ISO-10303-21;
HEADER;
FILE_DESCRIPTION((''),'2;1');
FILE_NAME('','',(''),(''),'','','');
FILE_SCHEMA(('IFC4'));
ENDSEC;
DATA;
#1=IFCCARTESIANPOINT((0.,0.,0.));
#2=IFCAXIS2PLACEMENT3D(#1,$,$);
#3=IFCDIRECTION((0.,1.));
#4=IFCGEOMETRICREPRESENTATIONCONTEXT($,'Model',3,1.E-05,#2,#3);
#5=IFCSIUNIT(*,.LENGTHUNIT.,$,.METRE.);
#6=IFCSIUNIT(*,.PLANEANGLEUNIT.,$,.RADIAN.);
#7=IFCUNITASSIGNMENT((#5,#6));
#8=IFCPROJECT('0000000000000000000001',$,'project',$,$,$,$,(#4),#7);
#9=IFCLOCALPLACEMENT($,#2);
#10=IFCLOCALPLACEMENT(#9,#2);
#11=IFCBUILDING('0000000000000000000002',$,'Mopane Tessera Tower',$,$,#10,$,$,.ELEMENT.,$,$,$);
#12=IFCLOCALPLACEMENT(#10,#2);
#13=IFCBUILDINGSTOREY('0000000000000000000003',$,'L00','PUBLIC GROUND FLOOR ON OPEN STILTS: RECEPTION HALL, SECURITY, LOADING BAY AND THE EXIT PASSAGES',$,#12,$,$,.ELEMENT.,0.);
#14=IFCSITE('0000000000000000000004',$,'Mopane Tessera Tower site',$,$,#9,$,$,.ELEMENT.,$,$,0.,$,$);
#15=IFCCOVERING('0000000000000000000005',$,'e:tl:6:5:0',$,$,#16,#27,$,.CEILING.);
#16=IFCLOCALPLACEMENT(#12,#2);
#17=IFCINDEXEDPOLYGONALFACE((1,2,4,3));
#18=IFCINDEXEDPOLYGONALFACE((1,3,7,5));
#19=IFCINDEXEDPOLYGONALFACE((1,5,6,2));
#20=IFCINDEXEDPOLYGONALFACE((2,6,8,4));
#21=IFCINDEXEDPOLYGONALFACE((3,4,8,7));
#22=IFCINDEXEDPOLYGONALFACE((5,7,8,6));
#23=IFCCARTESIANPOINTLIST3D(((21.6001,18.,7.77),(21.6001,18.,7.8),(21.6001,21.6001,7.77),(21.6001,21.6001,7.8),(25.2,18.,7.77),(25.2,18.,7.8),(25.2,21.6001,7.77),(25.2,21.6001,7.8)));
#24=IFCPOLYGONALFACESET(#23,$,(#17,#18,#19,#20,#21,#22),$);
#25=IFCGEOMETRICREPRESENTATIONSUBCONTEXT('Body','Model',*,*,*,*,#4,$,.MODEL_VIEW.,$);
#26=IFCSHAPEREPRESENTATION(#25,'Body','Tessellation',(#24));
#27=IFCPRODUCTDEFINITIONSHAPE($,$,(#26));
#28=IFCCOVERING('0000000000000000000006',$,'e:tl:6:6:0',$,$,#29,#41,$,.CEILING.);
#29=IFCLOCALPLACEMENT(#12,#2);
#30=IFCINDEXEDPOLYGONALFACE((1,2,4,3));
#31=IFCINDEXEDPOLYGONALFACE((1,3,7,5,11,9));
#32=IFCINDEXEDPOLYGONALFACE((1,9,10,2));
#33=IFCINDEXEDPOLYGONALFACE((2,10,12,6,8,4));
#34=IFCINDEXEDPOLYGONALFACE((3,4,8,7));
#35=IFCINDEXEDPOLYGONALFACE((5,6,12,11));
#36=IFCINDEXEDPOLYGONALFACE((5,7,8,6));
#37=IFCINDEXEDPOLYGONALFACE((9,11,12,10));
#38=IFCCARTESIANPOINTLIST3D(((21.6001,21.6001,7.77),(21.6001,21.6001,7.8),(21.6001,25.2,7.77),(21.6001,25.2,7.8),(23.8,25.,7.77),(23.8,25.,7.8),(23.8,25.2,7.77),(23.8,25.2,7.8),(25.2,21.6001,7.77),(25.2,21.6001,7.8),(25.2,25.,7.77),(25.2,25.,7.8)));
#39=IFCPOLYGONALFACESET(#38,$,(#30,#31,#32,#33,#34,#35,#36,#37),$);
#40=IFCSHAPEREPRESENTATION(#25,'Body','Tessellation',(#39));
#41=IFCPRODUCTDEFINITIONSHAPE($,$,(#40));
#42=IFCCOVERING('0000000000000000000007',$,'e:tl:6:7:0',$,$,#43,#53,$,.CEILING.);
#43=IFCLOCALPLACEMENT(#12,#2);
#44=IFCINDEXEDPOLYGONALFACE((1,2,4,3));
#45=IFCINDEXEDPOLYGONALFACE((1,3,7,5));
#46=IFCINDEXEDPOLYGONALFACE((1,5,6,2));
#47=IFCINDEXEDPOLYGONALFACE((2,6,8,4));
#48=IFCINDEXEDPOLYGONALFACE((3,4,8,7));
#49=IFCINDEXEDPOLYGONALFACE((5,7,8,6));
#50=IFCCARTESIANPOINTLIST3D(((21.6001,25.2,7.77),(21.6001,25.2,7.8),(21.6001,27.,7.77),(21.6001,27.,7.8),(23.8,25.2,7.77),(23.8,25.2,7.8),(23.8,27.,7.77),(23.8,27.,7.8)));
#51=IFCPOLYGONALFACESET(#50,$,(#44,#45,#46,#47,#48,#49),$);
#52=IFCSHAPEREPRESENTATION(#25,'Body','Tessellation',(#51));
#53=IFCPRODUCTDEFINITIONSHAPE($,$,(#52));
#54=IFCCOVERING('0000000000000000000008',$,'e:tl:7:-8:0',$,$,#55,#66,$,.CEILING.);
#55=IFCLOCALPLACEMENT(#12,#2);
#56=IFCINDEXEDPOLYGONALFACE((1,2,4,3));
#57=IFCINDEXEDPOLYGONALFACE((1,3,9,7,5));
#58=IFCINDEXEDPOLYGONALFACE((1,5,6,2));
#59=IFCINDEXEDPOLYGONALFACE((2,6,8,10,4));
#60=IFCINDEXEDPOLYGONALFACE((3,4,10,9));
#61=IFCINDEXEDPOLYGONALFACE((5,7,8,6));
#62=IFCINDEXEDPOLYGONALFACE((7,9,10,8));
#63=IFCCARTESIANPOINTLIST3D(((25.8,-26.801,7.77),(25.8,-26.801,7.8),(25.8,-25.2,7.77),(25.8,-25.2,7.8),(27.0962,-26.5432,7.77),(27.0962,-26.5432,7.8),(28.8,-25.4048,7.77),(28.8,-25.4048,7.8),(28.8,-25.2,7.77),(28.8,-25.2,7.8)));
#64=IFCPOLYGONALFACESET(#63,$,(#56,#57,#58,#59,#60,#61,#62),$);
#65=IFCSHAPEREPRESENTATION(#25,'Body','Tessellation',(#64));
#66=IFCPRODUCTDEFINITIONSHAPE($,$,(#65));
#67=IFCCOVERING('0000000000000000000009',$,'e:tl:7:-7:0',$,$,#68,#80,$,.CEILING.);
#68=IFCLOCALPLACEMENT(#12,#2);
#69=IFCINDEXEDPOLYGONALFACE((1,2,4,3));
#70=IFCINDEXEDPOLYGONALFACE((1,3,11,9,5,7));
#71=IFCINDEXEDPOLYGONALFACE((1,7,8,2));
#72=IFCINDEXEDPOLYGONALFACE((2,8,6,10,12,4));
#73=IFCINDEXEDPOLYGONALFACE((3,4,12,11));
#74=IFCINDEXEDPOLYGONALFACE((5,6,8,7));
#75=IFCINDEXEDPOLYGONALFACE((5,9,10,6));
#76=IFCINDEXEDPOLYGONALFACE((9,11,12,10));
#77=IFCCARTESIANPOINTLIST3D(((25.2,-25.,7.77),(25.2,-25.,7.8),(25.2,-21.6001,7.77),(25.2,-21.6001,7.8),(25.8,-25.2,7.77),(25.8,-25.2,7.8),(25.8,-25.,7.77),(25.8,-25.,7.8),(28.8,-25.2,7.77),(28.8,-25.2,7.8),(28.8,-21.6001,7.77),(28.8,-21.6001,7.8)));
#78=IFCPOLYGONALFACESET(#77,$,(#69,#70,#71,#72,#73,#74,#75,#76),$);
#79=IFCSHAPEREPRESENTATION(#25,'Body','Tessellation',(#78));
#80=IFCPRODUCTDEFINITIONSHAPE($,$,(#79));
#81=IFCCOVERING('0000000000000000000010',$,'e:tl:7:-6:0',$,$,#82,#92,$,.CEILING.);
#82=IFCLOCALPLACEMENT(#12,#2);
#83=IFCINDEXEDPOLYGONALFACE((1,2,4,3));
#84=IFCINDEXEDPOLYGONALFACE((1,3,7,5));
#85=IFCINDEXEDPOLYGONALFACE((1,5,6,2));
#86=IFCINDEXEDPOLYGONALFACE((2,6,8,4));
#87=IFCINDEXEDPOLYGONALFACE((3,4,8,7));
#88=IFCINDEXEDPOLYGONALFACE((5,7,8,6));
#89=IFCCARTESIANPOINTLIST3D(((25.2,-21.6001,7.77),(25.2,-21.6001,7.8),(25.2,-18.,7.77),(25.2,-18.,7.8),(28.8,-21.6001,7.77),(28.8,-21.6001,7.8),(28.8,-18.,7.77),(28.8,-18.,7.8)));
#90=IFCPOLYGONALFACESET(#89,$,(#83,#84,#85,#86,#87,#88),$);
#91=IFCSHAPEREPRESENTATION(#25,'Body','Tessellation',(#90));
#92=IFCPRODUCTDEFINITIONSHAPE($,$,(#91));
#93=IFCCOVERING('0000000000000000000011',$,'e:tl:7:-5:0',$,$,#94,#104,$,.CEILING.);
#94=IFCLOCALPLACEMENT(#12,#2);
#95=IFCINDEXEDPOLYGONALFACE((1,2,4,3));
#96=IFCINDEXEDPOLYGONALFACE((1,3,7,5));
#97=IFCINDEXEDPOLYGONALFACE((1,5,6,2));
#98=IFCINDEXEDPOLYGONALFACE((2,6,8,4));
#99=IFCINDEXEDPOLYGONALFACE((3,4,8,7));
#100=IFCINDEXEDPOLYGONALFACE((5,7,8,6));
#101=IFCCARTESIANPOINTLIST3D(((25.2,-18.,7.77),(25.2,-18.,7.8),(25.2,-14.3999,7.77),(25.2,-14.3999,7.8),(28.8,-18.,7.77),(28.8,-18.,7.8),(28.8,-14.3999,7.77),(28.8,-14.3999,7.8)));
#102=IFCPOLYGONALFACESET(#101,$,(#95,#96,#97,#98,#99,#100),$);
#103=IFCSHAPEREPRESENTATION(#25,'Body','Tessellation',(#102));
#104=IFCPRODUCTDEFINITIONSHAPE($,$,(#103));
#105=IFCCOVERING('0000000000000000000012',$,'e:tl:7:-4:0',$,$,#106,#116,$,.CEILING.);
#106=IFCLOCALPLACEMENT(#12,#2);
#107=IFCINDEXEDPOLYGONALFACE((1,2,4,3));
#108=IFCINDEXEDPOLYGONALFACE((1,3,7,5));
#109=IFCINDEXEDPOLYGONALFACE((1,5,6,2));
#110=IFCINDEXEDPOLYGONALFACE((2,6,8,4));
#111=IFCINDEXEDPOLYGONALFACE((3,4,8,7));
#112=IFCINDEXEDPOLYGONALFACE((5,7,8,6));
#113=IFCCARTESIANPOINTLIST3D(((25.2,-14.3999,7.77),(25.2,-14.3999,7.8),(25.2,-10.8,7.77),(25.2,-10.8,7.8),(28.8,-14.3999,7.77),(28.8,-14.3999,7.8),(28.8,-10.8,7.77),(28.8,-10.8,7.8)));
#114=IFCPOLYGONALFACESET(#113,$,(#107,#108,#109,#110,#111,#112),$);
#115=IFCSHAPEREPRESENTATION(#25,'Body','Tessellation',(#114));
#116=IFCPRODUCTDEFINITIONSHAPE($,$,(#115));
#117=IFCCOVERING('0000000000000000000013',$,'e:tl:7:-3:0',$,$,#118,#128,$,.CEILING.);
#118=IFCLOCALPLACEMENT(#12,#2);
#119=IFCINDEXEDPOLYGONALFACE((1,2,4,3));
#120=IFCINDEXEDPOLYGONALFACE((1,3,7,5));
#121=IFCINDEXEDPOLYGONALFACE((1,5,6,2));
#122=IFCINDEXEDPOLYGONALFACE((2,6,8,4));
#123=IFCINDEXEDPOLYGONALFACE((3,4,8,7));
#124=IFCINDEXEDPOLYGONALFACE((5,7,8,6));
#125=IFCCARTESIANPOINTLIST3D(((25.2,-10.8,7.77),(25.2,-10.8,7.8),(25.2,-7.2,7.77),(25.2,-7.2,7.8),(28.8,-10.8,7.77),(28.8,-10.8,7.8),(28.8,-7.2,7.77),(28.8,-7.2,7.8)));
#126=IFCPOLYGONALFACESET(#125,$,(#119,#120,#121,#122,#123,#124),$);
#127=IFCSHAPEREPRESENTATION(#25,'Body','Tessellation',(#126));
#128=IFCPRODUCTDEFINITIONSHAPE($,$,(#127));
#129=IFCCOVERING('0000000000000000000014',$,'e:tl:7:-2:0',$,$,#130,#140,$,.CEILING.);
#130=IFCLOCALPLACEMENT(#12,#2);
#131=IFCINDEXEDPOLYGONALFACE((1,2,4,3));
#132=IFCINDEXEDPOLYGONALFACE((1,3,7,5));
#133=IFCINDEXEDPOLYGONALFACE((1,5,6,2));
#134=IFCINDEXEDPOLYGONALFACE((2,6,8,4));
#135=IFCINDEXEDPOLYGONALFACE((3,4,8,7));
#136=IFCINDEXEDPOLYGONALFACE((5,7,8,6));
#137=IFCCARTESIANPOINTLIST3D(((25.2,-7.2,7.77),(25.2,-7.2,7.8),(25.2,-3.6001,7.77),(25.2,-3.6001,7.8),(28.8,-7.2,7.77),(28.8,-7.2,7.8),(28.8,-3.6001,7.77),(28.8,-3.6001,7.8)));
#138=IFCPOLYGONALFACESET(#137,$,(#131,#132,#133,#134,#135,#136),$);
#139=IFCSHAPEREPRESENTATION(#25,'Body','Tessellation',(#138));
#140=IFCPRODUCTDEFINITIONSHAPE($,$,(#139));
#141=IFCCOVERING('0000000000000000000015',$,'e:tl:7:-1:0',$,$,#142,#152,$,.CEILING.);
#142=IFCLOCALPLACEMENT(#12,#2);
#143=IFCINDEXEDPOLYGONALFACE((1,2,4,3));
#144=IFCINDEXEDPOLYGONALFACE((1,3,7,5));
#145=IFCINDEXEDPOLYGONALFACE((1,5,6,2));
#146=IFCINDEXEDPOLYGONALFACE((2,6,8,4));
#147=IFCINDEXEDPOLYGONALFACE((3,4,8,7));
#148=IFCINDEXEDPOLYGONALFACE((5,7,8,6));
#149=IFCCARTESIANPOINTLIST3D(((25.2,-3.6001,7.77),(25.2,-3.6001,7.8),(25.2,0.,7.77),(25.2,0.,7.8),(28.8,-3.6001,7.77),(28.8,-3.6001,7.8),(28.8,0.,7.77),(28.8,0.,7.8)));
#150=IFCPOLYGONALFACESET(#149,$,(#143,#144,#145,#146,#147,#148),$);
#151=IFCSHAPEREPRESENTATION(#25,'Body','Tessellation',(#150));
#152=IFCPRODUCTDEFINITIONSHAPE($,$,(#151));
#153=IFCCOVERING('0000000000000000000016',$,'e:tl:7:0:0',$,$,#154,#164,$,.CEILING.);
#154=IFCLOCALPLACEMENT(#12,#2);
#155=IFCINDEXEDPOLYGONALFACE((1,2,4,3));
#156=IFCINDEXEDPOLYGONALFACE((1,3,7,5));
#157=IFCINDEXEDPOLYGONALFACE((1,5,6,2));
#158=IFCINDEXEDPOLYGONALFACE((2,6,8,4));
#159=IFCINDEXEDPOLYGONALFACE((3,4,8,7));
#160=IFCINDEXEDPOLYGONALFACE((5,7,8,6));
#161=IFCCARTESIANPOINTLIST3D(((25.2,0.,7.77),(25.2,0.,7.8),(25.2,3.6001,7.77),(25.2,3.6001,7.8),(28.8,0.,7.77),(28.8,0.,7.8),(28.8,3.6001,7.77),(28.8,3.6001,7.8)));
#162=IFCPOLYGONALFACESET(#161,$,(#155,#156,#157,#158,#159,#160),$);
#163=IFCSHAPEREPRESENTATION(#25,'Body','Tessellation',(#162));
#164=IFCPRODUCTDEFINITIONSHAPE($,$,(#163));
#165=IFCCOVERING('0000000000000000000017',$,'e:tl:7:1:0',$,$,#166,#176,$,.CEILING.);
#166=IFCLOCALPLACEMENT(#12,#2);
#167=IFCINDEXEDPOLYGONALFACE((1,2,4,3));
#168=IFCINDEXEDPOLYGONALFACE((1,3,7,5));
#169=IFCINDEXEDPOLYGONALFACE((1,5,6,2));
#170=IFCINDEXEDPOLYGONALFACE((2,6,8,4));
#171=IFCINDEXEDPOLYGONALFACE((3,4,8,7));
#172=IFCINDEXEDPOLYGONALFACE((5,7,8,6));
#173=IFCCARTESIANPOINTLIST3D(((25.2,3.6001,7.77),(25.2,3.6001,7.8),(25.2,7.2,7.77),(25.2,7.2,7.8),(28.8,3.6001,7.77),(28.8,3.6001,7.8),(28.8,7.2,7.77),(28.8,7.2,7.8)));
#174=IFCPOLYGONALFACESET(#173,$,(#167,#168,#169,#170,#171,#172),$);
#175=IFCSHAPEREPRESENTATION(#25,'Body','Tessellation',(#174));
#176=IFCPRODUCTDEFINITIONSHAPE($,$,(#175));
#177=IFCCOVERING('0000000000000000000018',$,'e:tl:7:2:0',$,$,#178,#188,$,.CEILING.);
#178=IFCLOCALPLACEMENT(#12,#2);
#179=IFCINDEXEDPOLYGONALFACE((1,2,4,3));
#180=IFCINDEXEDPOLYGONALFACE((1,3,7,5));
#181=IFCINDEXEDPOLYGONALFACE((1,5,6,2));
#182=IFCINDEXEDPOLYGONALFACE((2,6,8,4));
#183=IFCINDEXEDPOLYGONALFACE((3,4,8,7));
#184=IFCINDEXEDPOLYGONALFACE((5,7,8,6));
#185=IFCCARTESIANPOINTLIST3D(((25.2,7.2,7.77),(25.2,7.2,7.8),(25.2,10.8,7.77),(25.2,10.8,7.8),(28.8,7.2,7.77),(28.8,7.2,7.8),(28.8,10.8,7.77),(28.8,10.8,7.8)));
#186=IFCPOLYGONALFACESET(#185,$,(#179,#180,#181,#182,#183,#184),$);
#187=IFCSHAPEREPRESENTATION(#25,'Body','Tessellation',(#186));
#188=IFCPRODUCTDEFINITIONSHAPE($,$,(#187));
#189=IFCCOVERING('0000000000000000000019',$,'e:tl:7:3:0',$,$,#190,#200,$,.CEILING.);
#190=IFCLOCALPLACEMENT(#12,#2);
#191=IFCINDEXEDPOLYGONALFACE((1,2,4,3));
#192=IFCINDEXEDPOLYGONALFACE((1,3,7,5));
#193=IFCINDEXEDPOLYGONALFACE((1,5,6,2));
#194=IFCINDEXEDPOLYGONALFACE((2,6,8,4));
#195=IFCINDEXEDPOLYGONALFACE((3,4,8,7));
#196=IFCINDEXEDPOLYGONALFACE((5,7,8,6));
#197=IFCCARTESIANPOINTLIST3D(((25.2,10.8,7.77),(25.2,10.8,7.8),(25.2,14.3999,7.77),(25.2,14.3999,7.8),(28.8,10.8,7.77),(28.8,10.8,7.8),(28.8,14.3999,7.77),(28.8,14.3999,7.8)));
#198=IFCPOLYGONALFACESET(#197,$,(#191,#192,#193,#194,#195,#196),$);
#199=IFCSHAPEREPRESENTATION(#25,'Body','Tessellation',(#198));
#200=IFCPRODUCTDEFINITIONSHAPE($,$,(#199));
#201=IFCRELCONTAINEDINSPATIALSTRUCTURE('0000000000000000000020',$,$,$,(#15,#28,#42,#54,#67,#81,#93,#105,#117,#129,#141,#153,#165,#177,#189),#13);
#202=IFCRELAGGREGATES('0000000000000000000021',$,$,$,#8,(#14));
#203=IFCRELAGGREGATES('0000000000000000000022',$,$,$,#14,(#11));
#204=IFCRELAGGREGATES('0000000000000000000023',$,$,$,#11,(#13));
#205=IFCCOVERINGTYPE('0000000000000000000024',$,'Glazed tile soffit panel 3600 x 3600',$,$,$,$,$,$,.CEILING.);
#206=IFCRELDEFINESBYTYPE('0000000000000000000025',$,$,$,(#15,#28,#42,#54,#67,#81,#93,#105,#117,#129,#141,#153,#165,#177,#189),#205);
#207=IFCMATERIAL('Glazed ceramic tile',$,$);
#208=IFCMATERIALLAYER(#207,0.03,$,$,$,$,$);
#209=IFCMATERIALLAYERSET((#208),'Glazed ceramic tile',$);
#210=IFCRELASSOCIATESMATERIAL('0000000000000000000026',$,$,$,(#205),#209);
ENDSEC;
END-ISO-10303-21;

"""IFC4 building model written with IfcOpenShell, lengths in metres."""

from ifc_helpers import new_model, si_unit, direction, frame, origin, place, context, subcontext, project, spatial, polyline, outline, extrude, material, layer, layer_set, type_object, element, save


model = new_model("IFC4")

# Units and contexts
model_context = context("Model", 3, precision=1e-05, world=origin(), true_north=direction((0.0, 1.0)))
body_context = subcontext(model_context, "Body", "Model", "MODEL_VIEW")
ifc_project = project(units=[si_unit("LENGTHUNIT", "METRE"), si_unit("PLANEANGLEUNIT", "RADIAN")], contexts=[model_context])

# Site, building, storey
site_placement = place(None, origin())
site = spatial("IfcSite", under=ifc_project, at=site_placement, Name="Mopane Tessera Tower site", CompositionType="ELEMENT", RefElevation=0.0)
building_placement = place(site_placement, origin())
building = spatial("IfcBuilding", under=site, at=building_placement, Name="Mopane Tessera Tower", CompositionType="ELEMENT")
storey_placement = place(building_placement, origin())
storey = spatial("IfcBuildingStorey", under=building, at=storey_placement, Name="L00", Description="PUBLIC GROUND FLOOR ON OPEN STILTS: RECEPTION HALL, SECURITY, LOADING BAY AND THE EXIT PASSAGES", CompositionType="ELEMENT", Elevation=0.0)

# Coverings
ifc_material = material(Name="Glazed ceramic tile")
ifc_layer = layer(ifc_material, 0.03)
ifc_layer_set = layer_set([ifc_layer], Name="Glazed ceramic tile")
covering_type = type_object("IfcCoveringType", Name="Glazed tile soffit panel 3600 x 3600", PredefinedType="CEILING", material=ifc_layer_set)
covering_1_placement = place(storey_placement, frame((0.0, 0.0, 7.77)))
element("IfcCovering", 1, at=covering_1_placement, inside=storey, type_object=covering_type, Name="e:tl:6:5:0", PredefinedType="CEILING", context=body_context, shape_type="SweptSolid", body=[
    extrude(outline(polyline([(21.6001, 18.0), (21.6001, 21.6001), (25.2, 21.6001), (25.2, 18.0), (21.6001, 18.0)])), origin(), (0.0, 0.0, 1.0), 0.03),
])
covering_2_placement = place(storey_placement, frame((0.0, 0.0, 7.77)))
element("IfcCovering", 2, at=covering_2_placement, inside=storey, type_object=covering_type, Name="e:tl:6:6:0", PredefinedType="CEILING", context=body_context, shape_type="SweptSolid", body=[
    extrude(outline(polyline([(23.8, 25.0), (25.2, 25.0), (25.2, 21.6001), (21.6001, 21.6001), (21.6001, 25.2), (23.8, 25.2), (23.8, 25.0)])), origin(), (0.0, 0.0, 1.0), 0.03),
])
covering_3_placement = place(storey_placement, frame((0.0, 0.0, 7.77)))
element("IfcCovering", 3, at=covering_3_placement, inside=storey, type_object=covering_type, Name="e:tl:6:7:0", PredefinedType="CEILING", context=body_context, shape_type="SweptSolid", body=[
    extrude(outline(polyline([(23.8, 27.0), (23.8, 25.2), (21.6001, 25.2), (21.6001, 27.0), (23.8, 27.0)])), origin(), (0.0, 0.0, 1.0), 0.03),
])
covering_4_placement = place(storey_placement, frame((0.0, 0.0, 7.77)))
element("IfcCovering", 4, at=covering_4_placement, inside=storey, type_object=covering_type, Name="e:tl:7:-8:0", PredefinedType="CEILING", context=body_context, shape_type="SweptSolid", body=[
    extrude(outline(polyline([(27.0962, -26.5432), (25.8, -26.801), (25.8, -25.2), (28.8, -25.2), (28.8, -25.4048), (27.0962, -26.5432)])), origin(), (0.0, 0.0, 1.0), 0.03),
])
covering_5_placement = place(storey_placement, frame((0.0, 0.0, 7.77)))
element("IfcCovering", 5, at=covering_5_placement, inside=storey, type_object=covering_type, Name="e:tl:7:-7:0", PredefinedType="CEILING", context=body_context, shape_type="SweptSolid", body=[
    extrude(outline(polyline([(28.8, -21.6001), (28.8, -25.2), (25.8, -25.2), (25.8, -25.0), (25.2, -25.0), (25.2, -21.6001), (28.8, -21.6001)])), origin(), (0.0, 0.0, 1.0), 0.03),
])
covering_6_placement = place(storey_placement, frame((0.0, 0.0, 7.77)))
element("IfcCovering", 6, at=covering_6_placement, inside=storey, type_object=covering_type, Name="e:tl:7:-6:0", PredefinedType="CEILING", context=body_context, shape_type="SweptSolid", body=[
    extrude(outline(polyline([(28.8, -21.6001), (25.2, -21.6001), (25.2, -18.0), (28.8, -18.0), (28.8, -21.6001)])), origin(), (0.0, 0.0, 1.0), 0.03),
])
covering_7_placement = place(storey_placement, frame((0.0, 0.0, 7.77)))
element("IfcCovering", 7, at=covering_7_placement, inside=storey, type_object=covering_type, Name="e:tl:7:-5:0", PredefinedType="CEILING", context=body_context, shape_type="SweptSolid", body=[
    extrude(outline(polyline([(25.2, -18.0), (25.2, -14.3999), (28.8, -14.3999), (28.8, -18.0), (25.2, -18.0)])), origin(), (0.0, 0.0, 1.0), 0.03),
])
covering_8_placement = place(storey_placement, frame((0.0, 0.0, 7.77)))
element("IfcCovering", 8, at=covering_8_placement, inside=storey, type_object=covering_type, Name="e:tl:7:-4:0", PredefinedType="CEILING", context=body_context, shape_type="SweptSolid", body=[
    extrude(outline(polyline([(25.2, -14.3999), (25.2, -10.8), (28.8, -10.8), (28.8, -14.3999), (25.2, -14.3999)])), origin(), (0.0, 0.0, 1.0), 0.03),
])
covering_9_placement = place(storey_placement, frame((0.0, 0.0, 7.77)))
element("IfcCovering", 9, at=covering_9_placement, inside=storey, type_object=covering_type, Name="e:tl:7:-3:0", PredefinedType="CEILING", context=body_context, shape_type="SweptSolid", body=[
    extrude(outline(polyline([(28.8, -7.2), (28.8, -10.8), (25.2, -10.8), (25.2, -7.2), (28.8, -7.2)])), origin(), (0.0, 0.0, 1.0), 0.03),
])
covering_10_placement = place(storey_placement, frame((0.0, 0.0, 7.77)))
element("IfcCovering", 10, at=covering_10_placement, inside=storey, type_object=covering_type, Name="e:tl:7:-2:0", PredefinedType="CEILING", context=body_context, shape_type="SweptSolid", body=[
    extrude(outline(polyline([(28.8, -7.2), (25.2, -7.2), (25.2, -3.6001), (28.8, -3.6001), (28.8, -7.2)])), origin(), (0.0, 0.0, 1.0), 0.03),
])
covering_11_placement = place(storey_placement, frame((0.0, 0.0, 7.77)))
element("IfcCovering", 11, at=covering_11_placement, inside=storey, type_object=covering_type, Name="e:tl:7:-1:0", PredefinedType="CEILING", context=body_context, shape_type="SweptSolid", body=[
    extrude(outline(polyline([(25.2, -3.6001), (25.2, 0.0), (28.8, 0.0), (28.8, -3.6001), (25.2, -3.6001)])), origin(), (0.0, 0.0, 1.0), 0.03),
])
covering_12_placement = place(storey_placement, frame((0.0, 0.0, 7.77)))
element("IfcCovering", 12, at=covering_12_placement, inside=storey, type_object=covering_type, Name="e:tl:7:0:0", PredefinedType="CEILING", context=body_context, shape_type="SweptSolid", body=[
    extrude(outline(polyline([(25.2, 0.0), (25.2, 3.6001), (28.8, 3.6001), (28.8, 0.0), (25.2, 0.0)])), origin(), (0.0, 0.0, 1.0), 0.03),
])
covering_13_placement = place(storey_placement, frame((0.0, 0.0, 7.77)))
element("IfcCovering", 13, at=covering_13_placement, inside=storey, type_object=covering_type, Name="e:tl:7:1:0", PredefinedType="CEILING", context=body_context, shape_type="SweptSolid", body=[
    extrude(outline(polyline([(28.8, 7.2), (28.8, 3.6001), (25.2, 3.6001), (25.2, 7.2), (28.8, 7.2)])), origin(), (0.0, 0.0, 1.0), 0.03),
])
covering_14_placement = place(storey_placement, frame((0.0, 0.0, 7.77)))
element("IfcCovering", 14, at=covering_14_placement, inside=storey, type_object=covering_type, Name="e:tl:7:2:0", PredefinedType="CEILING", context=body_context, shape_type="SweptSolid", body=[
    extrude(outline(polyline([(28.8, 7.2), (25.2, 7.2), (25.2, 10.8), (28.8, 10.8), (28.8, 7.2)])), origin(), (0.0, 0.0, 1.0), 0.03),
])
covering_15_placement = place(storey_placement, frame((0.0, 0.0, 7.77)))
element("IfcCovering", 15, at=covering_15_placement, inside=storey, type_object=covering_type, Name="e:tl:7:3:0", PredefinedType="CEILING", context=body_context, shape_type="SweptSolid", body=[
    extrude(outline(polyline([(25.2, 10.8), (25.2, 14.3999), (28.8, 14.3999), (28.8, 10.8), (25.2, 10.8)])), origin(), (0.0, 0.0, 1.0), 0.03),
])

save(model, "model.ifc")
